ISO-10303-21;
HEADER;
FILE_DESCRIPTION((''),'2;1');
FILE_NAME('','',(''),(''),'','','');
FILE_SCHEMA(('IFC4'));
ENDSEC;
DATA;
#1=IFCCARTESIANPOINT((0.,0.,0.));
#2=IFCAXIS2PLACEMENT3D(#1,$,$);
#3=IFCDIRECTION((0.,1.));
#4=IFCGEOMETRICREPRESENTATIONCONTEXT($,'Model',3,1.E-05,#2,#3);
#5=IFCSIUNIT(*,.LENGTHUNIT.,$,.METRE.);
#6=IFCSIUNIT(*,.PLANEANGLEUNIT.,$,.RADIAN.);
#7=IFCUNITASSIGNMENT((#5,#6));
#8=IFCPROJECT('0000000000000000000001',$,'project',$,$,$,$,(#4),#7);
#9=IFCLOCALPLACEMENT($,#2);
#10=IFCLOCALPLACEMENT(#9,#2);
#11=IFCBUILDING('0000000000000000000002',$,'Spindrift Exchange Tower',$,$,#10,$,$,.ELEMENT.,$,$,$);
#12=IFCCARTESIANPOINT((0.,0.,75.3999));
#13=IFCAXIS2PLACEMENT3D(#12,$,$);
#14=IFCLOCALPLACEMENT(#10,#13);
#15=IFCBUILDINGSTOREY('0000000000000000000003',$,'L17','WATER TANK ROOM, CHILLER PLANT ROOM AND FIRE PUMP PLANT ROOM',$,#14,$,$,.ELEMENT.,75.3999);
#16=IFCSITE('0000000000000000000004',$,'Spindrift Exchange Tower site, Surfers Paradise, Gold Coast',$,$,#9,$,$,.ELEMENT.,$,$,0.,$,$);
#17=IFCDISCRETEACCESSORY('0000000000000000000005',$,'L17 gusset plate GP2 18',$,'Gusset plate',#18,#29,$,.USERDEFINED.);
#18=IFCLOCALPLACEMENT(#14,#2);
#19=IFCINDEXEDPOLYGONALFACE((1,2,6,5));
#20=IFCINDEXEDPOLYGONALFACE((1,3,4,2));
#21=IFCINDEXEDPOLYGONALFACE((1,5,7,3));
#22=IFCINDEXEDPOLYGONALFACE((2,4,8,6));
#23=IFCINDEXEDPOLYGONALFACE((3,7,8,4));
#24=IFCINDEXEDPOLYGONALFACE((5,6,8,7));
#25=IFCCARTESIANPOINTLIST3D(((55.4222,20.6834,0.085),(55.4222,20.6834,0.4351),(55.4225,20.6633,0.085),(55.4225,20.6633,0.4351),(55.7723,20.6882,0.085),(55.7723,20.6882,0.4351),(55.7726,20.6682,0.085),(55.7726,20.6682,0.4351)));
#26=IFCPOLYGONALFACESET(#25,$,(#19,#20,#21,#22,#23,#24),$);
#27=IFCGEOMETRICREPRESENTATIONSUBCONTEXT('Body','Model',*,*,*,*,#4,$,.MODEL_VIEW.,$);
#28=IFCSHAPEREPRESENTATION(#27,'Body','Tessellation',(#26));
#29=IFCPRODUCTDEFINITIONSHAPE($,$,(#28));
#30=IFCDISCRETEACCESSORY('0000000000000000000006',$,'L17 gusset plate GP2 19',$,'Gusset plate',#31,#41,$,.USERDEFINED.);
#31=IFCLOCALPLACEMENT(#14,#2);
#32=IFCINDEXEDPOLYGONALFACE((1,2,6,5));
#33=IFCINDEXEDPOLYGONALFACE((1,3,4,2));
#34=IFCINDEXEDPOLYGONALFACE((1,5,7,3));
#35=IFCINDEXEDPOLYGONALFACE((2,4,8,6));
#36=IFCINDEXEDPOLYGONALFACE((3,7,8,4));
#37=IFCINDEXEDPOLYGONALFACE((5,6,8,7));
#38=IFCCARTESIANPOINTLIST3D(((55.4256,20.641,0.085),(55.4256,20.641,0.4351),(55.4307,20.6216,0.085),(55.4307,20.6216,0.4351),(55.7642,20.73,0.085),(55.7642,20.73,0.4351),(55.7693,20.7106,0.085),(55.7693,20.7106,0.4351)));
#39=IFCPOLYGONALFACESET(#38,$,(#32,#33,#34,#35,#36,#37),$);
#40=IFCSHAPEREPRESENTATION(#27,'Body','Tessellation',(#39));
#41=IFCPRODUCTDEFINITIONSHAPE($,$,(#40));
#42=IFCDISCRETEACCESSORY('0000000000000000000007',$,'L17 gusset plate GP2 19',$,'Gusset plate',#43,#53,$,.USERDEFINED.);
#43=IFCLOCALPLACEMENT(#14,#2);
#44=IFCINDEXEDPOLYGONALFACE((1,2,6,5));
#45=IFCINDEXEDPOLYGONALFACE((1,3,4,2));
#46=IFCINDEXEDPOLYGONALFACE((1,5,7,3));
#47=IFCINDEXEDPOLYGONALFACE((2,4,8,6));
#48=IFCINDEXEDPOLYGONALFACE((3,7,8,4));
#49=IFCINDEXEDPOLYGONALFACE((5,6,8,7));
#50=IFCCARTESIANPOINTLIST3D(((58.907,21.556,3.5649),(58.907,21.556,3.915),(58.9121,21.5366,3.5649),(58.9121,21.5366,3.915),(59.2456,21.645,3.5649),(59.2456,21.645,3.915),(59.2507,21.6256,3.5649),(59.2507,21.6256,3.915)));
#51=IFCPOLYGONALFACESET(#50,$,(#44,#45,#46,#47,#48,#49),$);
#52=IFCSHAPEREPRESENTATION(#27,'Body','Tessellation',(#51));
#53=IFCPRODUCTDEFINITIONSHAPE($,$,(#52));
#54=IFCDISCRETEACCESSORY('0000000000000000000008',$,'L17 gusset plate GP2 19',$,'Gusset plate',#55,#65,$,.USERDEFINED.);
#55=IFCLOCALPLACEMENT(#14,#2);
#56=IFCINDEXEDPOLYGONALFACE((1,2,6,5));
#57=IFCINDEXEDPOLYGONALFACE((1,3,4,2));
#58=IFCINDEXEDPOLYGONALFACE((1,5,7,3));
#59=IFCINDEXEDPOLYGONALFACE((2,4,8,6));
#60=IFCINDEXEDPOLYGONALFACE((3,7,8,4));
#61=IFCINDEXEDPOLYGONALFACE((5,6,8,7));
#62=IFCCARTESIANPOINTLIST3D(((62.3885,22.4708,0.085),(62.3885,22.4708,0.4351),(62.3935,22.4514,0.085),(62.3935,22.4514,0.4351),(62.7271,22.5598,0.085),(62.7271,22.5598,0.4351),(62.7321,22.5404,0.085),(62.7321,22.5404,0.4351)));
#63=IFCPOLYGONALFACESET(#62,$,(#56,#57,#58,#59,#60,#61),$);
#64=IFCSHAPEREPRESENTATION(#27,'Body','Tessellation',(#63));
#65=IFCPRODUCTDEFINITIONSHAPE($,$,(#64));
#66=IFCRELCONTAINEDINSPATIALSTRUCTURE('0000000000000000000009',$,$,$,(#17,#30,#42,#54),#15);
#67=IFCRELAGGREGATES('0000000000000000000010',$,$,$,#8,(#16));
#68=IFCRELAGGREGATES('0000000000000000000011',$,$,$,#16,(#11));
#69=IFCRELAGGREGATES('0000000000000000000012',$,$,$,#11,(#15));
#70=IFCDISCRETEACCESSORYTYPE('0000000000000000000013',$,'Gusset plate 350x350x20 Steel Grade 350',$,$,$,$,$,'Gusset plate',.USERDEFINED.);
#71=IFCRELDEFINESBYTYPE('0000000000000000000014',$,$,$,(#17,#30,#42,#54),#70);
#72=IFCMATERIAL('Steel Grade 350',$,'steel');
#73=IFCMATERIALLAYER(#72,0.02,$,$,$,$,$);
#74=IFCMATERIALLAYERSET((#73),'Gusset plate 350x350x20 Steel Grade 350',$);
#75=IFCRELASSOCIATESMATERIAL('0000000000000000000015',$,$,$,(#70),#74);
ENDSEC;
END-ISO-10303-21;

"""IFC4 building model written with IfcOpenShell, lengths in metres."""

from ifc_helpers import new_model, si_unit, direction, frame, origin, origin_2d, place, context, subcontext, project, spatial, rectangle, extrude, source, transform, mapped, material, layer, layer_set, type_object, element, save


model = new_model("IFC4")

# Units and contexts
model_context = context("Model", 3, precision=1e-05, world=origin(), true_north=direction((0.0, 1.0)))
body_context = subcontext(model_context, "Body", "Model", "MODEL_VIEW")
ifc_project = project(units=[si_unit("LENGTHUNIT", "METRE"), si_unit("PLANEANGLEUNIT", "RADIAN")], contexts=[model_context])

# Site, building, storey
site_placement = place(None, origin())
site = spatial("IfcSite", under=ifc_project, at=site_placement, Name="Spindrift Exchange Tower site, Surfers Paradise, Gold Coast", CompositionType="ELEMENT", RefElevation=0.0)
building_placement = place(site_placement, origin())
building = spatial("IfcBuilding", under=site, at=building_placement, Name="Spindrift Exchange Tower", CompositionType="ELEMENT")
storey_placement = place(building_placement, frame((0.0, 0.0, 75.3999)))
storey = spatial("IfcBuildingStorey", under=building, at=storey_placement, Name="L17", Description="WATER TANK ROOM, CHILLER PLANT ROOM AND FIRE PUMP PLANT ROOM", CompositionType="ELEMENT", Elevation=75.3999)

# Shared definitions
ifc_material_1 = material(Name="Steel Grade 350", Category="steel")

# Discrete accessories
ifc_layer_1 = layer(ifc_material_1, 0.02)
ifc_layer_set_1 = layer_set([ifc_layer_1], Name="Gusset plate 350x350x20 Steel Grade 350")
discrete_accessory_type_1 = type_object("IfcDiscreteAccessoryType", Name="Gusset plate 350x350x20 Steel Grade 350", ElementType="Gusset plate", PredefinedType="USERDEFINED", material=ifc_layer_set_1)
shared_shape_1 = source(origin(), body_context, "Body", "SweptSolid", [
    extrude(rectangle(XDim=0.3501, YDim=0.02, at=origin_2d()), origin(), (0.0, 0.0, 1.0), 0.3501),
])
for number, where, z_axis, x_axis, name in (
    (1, (55.5974, 20.6758, 0.085), (0.0, 0.0, 1.0), (0.999903, 0.013901, 0.0), "L17 gusset plate GP2 18"),
    (2, (55.5974, 20.6758, 0.085), (0.0, 0.0, 1.0), (0.967162, 0.25416, 0.0), "L17 gusset plate GP2 19"),
    (3, (59.0789, 21.5908, 3.5649), (0.0, 0.0, 1.0), (0.967162, 0.25416, 0.0), "L17 gusset plate GP2 19"),
    (4, (62.5603, 22.5056, 0.085), (0.0, 0.0, 1.0), (0.967167, 0.254141, 0.0), "L17 gusset plate GP2 19"),
):
    element("IfcDiscreteAccessory", number, at=place(storey_placement, frame(where, z_axis=z_axis, x_axis=x_axis)), inside=storey, type_object=discrete_accessory_type_1, Name=name, ObjectType="Gusset plate", PredefinedType="USERDEFINED", context=body_context, shape_type="MappedRepresentation", body=[
        mapped(shared_shape_1, transform((0.0, 0.0, 0.0), scale=1.0)),
    ])

save(model, "model.ifc")
